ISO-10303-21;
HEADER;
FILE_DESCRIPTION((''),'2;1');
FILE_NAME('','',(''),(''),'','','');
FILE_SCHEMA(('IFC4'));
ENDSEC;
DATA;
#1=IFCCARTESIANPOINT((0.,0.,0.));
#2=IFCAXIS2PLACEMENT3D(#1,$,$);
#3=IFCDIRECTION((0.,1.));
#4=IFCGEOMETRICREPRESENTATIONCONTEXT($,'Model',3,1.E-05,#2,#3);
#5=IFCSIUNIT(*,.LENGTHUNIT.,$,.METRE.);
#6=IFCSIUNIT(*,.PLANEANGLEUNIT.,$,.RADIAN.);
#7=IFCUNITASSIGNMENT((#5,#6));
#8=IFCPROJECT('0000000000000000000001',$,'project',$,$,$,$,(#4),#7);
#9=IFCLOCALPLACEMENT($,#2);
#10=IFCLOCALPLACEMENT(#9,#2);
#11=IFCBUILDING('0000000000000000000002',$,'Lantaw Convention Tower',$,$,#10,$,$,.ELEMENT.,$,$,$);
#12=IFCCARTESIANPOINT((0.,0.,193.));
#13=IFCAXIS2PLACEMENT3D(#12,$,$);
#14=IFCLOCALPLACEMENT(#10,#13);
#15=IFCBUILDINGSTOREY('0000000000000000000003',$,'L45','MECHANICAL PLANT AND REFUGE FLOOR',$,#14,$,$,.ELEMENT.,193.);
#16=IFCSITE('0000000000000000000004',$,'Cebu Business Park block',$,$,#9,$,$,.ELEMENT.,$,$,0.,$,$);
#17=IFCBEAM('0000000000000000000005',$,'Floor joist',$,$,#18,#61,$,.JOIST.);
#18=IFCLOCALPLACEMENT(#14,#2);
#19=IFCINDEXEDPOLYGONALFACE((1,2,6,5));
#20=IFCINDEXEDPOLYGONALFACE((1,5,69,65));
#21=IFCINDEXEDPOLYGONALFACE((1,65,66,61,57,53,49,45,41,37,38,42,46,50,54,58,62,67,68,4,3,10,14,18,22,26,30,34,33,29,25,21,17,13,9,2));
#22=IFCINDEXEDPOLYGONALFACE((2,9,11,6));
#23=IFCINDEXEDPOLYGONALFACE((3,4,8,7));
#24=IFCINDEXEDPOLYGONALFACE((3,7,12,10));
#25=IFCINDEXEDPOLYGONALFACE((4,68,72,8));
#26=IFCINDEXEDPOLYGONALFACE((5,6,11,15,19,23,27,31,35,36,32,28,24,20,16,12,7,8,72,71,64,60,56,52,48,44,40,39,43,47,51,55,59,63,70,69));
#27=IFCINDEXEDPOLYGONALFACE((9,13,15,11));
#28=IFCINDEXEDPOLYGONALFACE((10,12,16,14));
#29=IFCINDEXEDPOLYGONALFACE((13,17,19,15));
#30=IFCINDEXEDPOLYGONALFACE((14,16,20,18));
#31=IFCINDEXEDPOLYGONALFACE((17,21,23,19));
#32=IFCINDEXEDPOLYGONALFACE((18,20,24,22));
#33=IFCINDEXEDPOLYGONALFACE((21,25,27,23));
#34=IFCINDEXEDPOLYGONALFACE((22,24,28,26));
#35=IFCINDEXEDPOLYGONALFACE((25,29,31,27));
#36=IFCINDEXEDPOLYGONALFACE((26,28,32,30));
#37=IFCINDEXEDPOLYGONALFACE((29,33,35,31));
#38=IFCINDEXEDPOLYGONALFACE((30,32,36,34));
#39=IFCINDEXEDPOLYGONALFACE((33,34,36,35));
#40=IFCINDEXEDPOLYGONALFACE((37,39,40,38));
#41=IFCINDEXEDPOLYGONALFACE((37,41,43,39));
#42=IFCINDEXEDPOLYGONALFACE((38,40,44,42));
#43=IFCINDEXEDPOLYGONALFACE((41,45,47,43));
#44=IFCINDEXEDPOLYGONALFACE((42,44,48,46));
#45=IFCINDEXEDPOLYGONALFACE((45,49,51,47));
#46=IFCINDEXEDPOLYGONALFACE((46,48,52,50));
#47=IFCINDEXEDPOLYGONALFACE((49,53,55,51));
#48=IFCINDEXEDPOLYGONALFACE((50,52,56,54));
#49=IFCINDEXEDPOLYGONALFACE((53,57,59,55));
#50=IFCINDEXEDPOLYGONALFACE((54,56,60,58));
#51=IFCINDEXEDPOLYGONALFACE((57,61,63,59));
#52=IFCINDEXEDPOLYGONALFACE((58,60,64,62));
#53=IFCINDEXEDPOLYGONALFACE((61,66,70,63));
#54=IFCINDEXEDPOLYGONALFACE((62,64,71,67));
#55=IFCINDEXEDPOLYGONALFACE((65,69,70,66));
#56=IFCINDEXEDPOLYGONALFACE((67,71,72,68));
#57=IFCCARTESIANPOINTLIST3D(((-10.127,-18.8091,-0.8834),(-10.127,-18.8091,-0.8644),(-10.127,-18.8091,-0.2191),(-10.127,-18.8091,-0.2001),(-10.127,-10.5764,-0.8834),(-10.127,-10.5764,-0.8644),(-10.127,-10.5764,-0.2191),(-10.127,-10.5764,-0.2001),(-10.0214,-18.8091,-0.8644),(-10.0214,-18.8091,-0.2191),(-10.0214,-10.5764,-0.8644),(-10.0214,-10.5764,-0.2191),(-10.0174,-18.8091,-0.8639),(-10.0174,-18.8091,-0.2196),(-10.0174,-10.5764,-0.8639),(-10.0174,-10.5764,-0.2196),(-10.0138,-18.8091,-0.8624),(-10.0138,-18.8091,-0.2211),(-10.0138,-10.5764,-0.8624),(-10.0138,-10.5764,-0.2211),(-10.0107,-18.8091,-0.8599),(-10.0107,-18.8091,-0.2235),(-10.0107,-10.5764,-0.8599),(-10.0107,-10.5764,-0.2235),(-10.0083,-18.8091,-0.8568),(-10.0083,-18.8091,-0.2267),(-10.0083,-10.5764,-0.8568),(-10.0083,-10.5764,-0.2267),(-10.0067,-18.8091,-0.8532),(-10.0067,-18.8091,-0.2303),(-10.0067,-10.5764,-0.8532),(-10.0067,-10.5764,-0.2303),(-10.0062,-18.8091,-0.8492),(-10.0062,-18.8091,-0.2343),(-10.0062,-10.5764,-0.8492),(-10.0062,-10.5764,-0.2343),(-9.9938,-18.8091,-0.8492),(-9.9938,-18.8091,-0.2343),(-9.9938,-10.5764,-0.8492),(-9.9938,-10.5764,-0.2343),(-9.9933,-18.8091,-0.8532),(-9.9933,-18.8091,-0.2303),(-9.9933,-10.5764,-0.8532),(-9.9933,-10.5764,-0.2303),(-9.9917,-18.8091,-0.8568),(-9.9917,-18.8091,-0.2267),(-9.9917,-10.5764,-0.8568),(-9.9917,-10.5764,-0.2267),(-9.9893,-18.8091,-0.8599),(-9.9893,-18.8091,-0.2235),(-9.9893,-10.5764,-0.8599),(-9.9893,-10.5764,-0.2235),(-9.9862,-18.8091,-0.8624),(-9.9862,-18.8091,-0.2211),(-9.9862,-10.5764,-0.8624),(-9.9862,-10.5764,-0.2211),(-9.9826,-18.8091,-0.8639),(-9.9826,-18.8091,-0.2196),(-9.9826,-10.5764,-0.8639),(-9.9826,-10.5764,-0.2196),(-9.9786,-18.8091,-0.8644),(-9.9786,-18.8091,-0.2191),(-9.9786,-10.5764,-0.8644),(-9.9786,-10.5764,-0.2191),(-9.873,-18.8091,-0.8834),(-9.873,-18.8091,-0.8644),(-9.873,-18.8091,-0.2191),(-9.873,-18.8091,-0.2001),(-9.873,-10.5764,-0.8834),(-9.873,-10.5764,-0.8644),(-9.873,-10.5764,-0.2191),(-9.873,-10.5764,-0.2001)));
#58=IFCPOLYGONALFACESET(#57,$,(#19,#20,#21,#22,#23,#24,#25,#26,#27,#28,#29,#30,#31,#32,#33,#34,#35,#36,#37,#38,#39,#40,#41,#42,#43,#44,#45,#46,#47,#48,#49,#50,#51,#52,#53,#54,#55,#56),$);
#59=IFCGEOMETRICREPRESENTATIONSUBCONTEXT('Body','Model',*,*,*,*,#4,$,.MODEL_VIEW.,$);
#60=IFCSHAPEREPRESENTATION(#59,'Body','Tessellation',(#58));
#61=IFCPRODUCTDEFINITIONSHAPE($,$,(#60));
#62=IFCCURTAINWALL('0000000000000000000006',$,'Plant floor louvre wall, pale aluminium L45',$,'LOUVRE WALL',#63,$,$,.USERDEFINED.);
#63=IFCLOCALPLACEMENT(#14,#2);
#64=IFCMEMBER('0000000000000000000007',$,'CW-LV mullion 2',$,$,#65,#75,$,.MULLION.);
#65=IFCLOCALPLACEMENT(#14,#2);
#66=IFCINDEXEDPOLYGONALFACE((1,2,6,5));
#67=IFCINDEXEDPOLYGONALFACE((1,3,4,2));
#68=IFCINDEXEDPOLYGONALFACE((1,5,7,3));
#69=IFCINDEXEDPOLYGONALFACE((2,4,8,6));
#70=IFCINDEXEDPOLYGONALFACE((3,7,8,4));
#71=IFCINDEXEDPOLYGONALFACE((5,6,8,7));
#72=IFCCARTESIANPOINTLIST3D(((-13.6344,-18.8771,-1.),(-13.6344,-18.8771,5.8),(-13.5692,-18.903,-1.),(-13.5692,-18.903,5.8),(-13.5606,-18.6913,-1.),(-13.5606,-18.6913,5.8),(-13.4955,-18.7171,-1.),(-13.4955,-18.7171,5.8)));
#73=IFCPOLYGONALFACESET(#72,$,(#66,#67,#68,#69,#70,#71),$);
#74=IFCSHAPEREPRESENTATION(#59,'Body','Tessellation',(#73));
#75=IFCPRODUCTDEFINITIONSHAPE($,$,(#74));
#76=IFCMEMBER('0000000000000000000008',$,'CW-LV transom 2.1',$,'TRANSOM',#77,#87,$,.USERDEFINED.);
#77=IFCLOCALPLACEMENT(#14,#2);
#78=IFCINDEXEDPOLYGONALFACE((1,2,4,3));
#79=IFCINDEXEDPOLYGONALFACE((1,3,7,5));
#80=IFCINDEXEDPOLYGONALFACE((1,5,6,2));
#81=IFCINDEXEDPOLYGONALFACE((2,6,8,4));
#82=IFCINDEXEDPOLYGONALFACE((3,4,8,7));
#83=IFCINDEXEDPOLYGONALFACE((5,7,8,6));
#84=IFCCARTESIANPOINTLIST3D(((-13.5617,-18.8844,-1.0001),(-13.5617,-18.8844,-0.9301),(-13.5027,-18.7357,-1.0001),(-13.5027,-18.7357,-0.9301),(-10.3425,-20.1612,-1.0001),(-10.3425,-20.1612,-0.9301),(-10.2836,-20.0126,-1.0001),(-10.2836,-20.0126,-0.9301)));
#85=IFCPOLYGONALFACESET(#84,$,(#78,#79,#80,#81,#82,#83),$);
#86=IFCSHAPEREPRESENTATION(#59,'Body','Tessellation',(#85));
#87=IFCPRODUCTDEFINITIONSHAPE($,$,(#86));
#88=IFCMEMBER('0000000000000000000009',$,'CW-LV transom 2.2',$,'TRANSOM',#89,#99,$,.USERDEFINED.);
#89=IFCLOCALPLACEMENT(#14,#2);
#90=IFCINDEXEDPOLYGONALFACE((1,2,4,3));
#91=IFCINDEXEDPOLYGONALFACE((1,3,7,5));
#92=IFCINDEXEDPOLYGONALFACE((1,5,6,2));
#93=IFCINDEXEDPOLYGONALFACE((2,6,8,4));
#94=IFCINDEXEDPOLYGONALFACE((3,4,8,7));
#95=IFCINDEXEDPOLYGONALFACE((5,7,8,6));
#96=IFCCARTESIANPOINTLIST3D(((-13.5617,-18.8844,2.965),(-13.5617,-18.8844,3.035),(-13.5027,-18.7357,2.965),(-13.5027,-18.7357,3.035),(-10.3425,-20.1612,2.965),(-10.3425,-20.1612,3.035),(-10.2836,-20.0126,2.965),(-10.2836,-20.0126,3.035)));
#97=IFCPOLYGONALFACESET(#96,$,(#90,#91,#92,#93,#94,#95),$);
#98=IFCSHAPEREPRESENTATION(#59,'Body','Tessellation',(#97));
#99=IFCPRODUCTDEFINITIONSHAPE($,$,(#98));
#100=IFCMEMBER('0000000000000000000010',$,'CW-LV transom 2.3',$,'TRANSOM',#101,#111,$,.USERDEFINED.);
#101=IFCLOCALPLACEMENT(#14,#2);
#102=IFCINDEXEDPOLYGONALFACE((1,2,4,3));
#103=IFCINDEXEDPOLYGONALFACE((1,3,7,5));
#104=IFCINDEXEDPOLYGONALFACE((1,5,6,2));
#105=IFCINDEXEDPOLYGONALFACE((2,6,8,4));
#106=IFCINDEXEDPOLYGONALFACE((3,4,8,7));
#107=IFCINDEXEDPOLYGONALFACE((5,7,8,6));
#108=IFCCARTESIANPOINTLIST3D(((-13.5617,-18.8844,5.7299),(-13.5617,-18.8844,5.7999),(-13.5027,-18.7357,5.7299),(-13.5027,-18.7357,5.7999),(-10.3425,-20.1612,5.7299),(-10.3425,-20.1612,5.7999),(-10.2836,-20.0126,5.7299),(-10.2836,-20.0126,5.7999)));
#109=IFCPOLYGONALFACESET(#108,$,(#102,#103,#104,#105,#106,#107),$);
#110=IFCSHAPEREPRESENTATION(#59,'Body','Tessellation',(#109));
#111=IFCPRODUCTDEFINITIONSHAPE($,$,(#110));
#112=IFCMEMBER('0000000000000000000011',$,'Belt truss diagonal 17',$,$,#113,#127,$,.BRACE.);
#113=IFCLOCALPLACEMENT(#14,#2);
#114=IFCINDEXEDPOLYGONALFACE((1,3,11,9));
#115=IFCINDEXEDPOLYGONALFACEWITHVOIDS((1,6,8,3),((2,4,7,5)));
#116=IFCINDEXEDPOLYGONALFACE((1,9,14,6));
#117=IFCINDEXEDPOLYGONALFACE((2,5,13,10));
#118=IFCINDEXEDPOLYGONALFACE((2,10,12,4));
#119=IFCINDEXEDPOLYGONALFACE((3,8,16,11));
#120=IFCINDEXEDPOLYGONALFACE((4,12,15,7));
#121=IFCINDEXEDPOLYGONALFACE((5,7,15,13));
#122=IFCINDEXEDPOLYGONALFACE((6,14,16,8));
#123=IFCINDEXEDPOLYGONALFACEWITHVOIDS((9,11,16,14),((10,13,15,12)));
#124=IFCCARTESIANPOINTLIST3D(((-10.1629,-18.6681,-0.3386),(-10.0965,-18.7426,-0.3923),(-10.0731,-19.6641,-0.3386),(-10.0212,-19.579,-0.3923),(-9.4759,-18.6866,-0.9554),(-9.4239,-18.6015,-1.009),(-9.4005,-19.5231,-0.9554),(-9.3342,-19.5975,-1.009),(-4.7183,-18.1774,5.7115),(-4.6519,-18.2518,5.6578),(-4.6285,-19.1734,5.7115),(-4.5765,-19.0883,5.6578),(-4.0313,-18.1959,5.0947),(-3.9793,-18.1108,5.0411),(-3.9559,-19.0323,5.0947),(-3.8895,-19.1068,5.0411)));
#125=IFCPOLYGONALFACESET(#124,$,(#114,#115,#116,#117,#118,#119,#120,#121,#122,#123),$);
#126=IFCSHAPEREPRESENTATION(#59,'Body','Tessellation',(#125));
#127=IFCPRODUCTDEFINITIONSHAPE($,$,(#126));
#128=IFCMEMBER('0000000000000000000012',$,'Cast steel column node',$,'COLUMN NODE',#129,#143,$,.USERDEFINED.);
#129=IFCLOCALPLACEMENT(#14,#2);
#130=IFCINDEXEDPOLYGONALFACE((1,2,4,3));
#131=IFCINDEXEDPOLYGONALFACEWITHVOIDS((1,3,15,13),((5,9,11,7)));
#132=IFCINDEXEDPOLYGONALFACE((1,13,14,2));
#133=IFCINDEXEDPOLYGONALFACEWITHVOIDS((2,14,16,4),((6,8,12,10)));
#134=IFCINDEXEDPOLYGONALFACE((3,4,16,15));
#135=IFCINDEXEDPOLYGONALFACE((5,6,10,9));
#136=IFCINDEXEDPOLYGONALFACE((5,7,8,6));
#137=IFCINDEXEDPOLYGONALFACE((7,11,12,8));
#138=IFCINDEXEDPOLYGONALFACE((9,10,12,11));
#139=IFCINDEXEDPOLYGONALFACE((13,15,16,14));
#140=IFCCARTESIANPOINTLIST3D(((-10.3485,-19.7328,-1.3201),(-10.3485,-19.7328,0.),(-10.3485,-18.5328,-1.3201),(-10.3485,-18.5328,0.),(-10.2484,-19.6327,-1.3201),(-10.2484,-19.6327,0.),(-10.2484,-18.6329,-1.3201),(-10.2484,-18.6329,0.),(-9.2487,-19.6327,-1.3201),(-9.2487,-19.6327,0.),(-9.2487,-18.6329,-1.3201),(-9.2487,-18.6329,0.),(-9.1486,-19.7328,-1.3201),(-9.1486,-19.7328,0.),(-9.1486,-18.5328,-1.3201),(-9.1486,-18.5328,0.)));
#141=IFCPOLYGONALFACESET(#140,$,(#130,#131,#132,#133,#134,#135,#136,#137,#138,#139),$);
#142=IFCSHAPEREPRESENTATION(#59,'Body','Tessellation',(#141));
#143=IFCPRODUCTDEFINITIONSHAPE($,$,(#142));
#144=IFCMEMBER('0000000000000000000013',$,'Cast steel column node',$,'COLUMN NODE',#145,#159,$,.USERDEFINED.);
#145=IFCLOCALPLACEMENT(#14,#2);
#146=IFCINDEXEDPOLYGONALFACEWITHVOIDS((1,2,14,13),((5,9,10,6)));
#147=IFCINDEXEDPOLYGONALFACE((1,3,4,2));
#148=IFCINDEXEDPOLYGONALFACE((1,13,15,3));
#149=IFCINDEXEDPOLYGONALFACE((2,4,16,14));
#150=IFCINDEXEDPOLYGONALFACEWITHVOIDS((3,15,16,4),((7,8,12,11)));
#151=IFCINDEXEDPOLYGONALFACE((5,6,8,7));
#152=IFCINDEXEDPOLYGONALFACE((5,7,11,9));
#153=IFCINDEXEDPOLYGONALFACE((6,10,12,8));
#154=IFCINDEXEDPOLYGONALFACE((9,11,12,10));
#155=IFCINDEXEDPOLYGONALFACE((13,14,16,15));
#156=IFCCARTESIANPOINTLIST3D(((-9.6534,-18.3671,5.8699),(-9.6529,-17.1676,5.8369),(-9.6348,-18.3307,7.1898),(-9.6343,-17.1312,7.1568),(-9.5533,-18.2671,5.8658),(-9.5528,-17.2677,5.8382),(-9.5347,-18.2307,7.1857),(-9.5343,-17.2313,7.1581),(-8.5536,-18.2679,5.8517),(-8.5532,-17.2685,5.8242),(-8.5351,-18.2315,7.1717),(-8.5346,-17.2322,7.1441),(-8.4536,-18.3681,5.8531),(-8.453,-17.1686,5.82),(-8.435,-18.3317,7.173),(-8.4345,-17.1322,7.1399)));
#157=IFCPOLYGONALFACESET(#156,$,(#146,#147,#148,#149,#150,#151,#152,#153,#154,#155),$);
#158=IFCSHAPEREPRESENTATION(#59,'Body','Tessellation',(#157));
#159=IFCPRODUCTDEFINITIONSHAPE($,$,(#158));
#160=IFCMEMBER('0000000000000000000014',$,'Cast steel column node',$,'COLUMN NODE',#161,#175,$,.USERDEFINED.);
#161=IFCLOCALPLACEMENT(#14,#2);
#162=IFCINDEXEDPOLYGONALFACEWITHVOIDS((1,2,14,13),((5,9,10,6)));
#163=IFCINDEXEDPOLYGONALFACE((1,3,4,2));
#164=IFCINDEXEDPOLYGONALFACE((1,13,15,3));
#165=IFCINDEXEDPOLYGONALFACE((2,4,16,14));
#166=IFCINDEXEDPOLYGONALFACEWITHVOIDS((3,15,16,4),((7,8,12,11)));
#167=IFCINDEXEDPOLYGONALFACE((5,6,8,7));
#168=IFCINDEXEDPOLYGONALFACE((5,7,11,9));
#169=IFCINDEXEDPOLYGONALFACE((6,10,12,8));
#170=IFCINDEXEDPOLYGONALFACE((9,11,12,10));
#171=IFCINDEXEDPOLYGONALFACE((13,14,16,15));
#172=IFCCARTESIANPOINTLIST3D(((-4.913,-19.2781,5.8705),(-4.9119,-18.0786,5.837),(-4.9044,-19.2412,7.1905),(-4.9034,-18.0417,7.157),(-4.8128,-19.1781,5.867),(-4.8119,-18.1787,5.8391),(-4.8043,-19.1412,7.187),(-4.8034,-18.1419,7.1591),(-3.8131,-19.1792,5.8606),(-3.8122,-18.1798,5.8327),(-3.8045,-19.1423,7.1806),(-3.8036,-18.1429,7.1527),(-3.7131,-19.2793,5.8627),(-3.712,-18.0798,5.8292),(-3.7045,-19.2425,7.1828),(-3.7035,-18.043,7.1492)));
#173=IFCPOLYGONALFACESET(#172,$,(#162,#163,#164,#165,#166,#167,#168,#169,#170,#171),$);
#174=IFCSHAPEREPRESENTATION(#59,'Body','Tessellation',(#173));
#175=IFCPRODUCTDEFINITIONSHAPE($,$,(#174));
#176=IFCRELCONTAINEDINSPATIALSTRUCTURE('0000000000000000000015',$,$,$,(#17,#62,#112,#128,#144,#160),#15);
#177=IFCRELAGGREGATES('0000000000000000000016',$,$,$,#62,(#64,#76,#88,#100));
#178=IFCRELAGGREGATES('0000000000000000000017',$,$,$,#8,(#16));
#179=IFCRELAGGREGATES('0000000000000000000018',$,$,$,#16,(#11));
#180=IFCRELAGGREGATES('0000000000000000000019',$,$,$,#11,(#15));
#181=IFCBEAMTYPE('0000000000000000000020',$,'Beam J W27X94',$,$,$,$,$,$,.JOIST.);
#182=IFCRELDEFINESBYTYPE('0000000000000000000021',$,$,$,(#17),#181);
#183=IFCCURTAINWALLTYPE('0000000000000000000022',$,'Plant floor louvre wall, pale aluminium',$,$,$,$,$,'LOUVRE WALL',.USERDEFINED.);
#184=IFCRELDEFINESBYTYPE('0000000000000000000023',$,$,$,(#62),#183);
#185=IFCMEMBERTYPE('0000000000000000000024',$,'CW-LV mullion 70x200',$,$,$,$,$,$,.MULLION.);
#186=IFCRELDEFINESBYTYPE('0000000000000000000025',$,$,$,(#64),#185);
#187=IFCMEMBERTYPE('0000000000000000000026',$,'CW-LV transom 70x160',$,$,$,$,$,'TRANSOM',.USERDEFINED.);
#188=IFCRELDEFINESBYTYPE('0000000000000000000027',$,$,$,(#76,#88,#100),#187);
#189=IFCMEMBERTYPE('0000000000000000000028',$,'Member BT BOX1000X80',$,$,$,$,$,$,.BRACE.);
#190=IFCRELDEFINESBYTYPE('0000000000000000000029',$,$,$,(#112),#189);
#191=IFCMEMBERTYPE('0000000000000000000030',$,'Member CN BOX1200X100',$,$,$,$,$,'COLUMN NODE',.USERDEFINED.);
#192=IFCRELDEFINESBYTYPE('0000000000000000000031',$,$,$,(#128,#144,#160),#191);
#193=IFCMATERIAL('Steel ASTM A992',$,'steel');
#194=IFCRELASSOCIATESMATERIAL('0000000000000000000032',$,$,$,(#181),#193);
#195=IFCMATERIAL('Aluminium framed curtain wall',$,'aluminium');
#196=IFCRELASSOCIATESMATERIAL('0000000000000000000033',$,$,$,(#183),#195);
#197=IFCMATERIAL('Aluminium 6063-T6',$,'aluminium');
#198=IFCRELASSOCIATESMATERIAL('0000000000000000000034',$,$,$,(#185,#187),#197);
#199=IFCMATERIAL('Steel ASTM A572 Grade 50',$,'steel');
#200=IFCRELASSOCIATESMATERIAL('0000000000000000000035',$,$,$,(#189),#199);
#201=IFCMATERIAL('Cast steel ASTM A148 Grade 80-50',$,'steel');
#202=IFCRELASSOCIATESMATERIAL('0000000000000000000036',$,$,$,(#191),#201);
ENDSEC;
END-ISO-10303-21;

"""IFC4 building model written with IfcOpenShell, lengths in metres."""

from ifc_helpers import new_model, si_unit, direction, frame, origin, origin_2d, place, context, subcontext, project, spatial, rectangle, hollow_rectangle, i_section, extrude, material, material_profile, profile_set, type_object, element, aggregate, save


model = new_model("IFC4")

# Units and contexts
model_context = context("Model", 3, precision=1e-05, world=origin(), true_north=direction((0.0, 1.0)))
body_context = subcontext(model_context, "Body", "Model", "MODEL_VIEW")
ifc_project = project(units=[si_unit("LENGTHUNIT", "METRE"), si_unit("PLANEANGLEUNIT", "RADIAN")], contexts=[model_context])

# Site, building, storey
site_placement = place(None, origin())
site = spatial("IfcSite", under=ifc_project, at=site_placement, Name="Cebu Business Park block", CompositionType="ELEMENT", RefElevation=0.0)
building_placement = place(site_placement, origin())
building = spatial("IfcBuilding", under=site, at=building_placement, Name="Lantaw Convention Tower", CompositionType="ELEMENT")
storey_placement = place(building_placement, frame((0.0, 0.0, 193.0)))
storey = spatial("IfcBuildingStorey", under=building, at=storey_placement, Name="L45", Description="MECHANICAL PLANT AND REFUGE FLOOR", CompositionType="ELEMENT", Elevation=193.0)

# Beam
ifc_material_1 = material(Name="Steel ASTM A992", Category="steel")
ifc_material_profile_1 = material_profile(ifc_material_1, i_section(OverallWidth=0.2539, OverallDepth=0.6833, WebThickness=0.0125, FlangeThickness=0.019, FilletRadius=0.0151, at=origin_2d()), Name="W27X94")
ifc_profile_set_1 = profile_set([ifc_material_profile_1], Name="Steel ASTM A992")
beam_type_1 = type_object("IfcBeamType", Name="Beam J W27X94", PredefinedType="JOIST", material=ifc_profile_set_1)
beam_1_placement = place(storey_placement, frame((-10.0, -18.8091, -0.5417), z_axis=(0.0, 1.0, 0.0), x_axis=(-1.0, 0.0, 0.0)))
element("IfcBeam", 1, at=beam_1_placement, inside=storey, type_object=beam_type_1, Name="Floor joist", PredefinedType="JOIST", context=body_context, shape_type="SweptSolid", body=[
    extrude(i_section(OverallWidth=0.2539, OverallDepth=0.6833, WebThickness=0.0125, FlangeThickness=0.019, FilletRadius=0.0151, at=origin_2d()), origin(), (0.0, 0.0, 1.0), 8.2327),
])

# Curtain wall, members
ifc_material_2 = material(Name="Aluminium framed curtain wall", Category="aluminium")
curtain_wall_type = type_object("IfcCurtainWallType", Name="Plant floor louvre wall, pale aluminium", ElementType="LOUVRE WALL", PredefinedType="USERDEFINED", material=ifc_material_2)
curtain_wall_placement = place(storey_placement, origin())
curtain_wall = element("IfcCurtainWall", 2, at=curtain_wall_placement, inside=storey, type_object=curtain_wall_type, Name="Plant floor louvre wall, pale aluminium L45", ObjectType="LOUVRE WALL", PredefinedType="USERDEFINED")
ifc_material_3 = material(Name="Aluminium 6063-T6", Category="aluminium")
ifc_material_profile_2 = material_profile(ifc_material_3, rectangle(XDim=0.2, YDim=0.0701, at=origin_2d()), Name="CW-LV mullion 70x200")
ifc_profile_set_2 = profile_set([ifc_material_profile_2], Name="Aluminium 6063-T6")
member_type_1 = type_object("IfcMemberType", Name="CW-LV mullion 70x200", PredefinedType="MULLION", material=ifc_profile_set_2)
member_1_placement = place(storey_placement, frame((-13.5649, -18.7971, -1.0), z_axis=(0.0, 0.0, 1.0), x_axis=(0.368702, 0.929548, 0.0)))
member_1 = element("IfcMember", 3, at=member_1_placement, type_object=member_type_1, Name="CW-LV mullion 2", PredefinedType="MULLION", context=body_context, shape_type="SweptSolid", body=[
    extrude(rectangle(XDim=0.2, YDim=0.0701, at=origin_2d()), origin(), (0.0, 0.0, 1.0), 6.8),
])
ifc_material_profile_3 = material_profile(ifc_material_3, rectangle(XDim=0.1599, YDim=0.0701, at=origin_2d()), Name="CW-LV transom 70x160")
ifc_profile_set_3 = profile_set([ifc_material_profile_3], Name="Aluminium 6063-T6")
member_type_2 = type_object("IfcMemberType", Name="CW-LV transom 70x160", ElementType="TRANSOM", PredefinedType="USERDEFINED", material=ifc_profile_set_3)
member_2_placement = place(storey_placement, frame((-13.5322, -18.8101, -0.9651), z_axis=(0.929552, -0.368691, 0.0), x_axis=(0.368691, 0.929552, 0.0)))
member_2 = element("IfcMember", 4, at=member_2_placement, type_object=member_type_2, Name="CW-LV transom 2.1", ObjectType="TRANSOM", PredefinedType="USERDEFINED", context=body_context, shape_type="SweptSolid", body=[
    extrude(rectangle(XDim=0.1599, YDim=0.0701, at=origin_2d()), origin(), (0.0, 0.0, 1.0), 3.4631),
])
member_3_placement = place(storey_placement, frame((-13.5322, -18.8101, 3.0), z_axis=(0.929552, -0.368691, 0.0), x_axis=(0.368691, 0.929552, 0.0)))
member_3 = element("IfcMember", 5, at=member_3_placement, type_object=member_type_2, Name="CW-LV transom 2.2", ObjectType="TRANSOM", PredefinedType="USERDEFINED", context=body_context, shape_type="SweptSolid", body=[
    extrude(rectangle(XDim=0.1599, YDim=0.0701, at=origin_2d()), origin(), (0.0, 0.0, 1.0), 3.4631),
])
member_4_placement = place(storey_placement, frame((-13.5322, -18.8101, 5.7649), z_axis=(0.929552, -0.368691, 0.0), x_axis=(0.368691, 0.929552, 0.0)))
member_4 = element("IfcMember", 6, at=member_4_placement, type_object=member_type_2, Name="CW-LV transom 2.3", ObjectType="TRANSOM", PredefinedType="USERDEFINED", context=body_context, shape_type="SweptSolid", body=[
    extrude(rectangle(XDim=0.1599, YDim=0.0701, at=origin_2d()), origin(), (0.0, 0.0, 1.0), 3.4631),
])
aggregate(curtain_wall, [member_1, member_2, member_3, member_4])

# Members
ifc_material_4 = material(Name="Steel ASTM A572 Grade 50", Category="steel")
ifc_material_profile_4 = material_profile(ifc_material_4, hollow_rectangle(XDim=1.0, YDim=1.0, WallThickness=0.0801, at=origin_2d()), Name="BOX1000X80")
ifc_profile_set_4 = profile_set([ifc_material_profile_4], Name="Steel ASTM A572 Grade 50")
member_type_3 = type_object("IfcMemberType", Name="Member BT BOX1000X80", PredefinedType="BRACE", material=ifc_profile_set_4)
member_5_placement = place(storey_placement, frame((-9.7485, -19.1328, -0.6738), z_axis=(0.667721, 0.060182, 0.741975), x_axis=(-0.089767, 0.995963, 0.0)))
element("IfcMember", 7, at=member_5_placement, inside=storey, type_object=member_type_3, Name="Belt truss diagonal 17", PredefinedType="BRACE", context=body_context, shape_type="SweptSolid", body=[
    extrude(hollow_rectangle(XDim=1.0, YDim=1.0, WallThickness=0.0801, at=origin_2d()), origin(), (0.0, 0.0, 1.0), 8.1541),
])
ifc_material_5 = material(Name="Cast steel ASTM A148 Grade 80-50", Category="steel")
ifc_material_profile_5 = material_profile(ifc_material_5, hollow_rectangle(XDim=1.2, YDim=1.2, WallThickness=0.1001, at=origin_2d()), Name="BOX1200X100")
ifc_profile_set_5 = profile_set([ifc_material_profile_5], Name="Cast steel ASTM A148 Grade 80-50")
member_type_4 = type_object("IfcMemberType", Name="Member CN BOX1200X100", ElementType="COLUMN NODE", PredefinedType="USERDEFINED", material=ifc_profile_set_5)
member_6_placement = place(storey_placement, frame((-9.7485, -19.1328, -1.3201), z_axis=(0.0, 0.0, 1.0), x_axis=(1.0, 0.0, 0.0)))
element("IfcMember", 8, at=member_6_placement, inside=storey, type_object=member_type_4, Name="Cast steel column node", ObjectType="COLUMN NODE", PredefinedType="USERDEFINED", context=body_context, shape_type="SweptSolid", body=[
    extrude(hollow_rectangle(XDim=1.2, YDim=1.2, WallThickness=0.1001, at=origin_2d()), origin(), (0.0, 0.0, 1.0), 1.3201),
])
for number, where, z_axis, x_axis, name in (
    (9, (-9.0532, -17.7678, 5.845), (0.014052, 0.027549, 0.999522), (0.999901, -0.000828, -0.014034), "Cast steel column node"),
    (10, (-4.3125, -18.679, 5.8499), (0.00647, 0.027915, 0.999589), (0.999979, -0.001061, -0.006443), "Cast steel column node"),
):
    element("IfcMember", number, at=place(storey_placement, frame(where, z_axis=z_axis, x_axis=x_axis)), inside=storey, type_object=member_type_4, Name=name, ObjectType="COLUMN NODE", PredefinedType="USERDEFINED", context=body_context, shape_type="SweptSolid", body=[
        extrude(hollow_rectangle(XDim=1.2, YDim=1.2, WallThickness=0.1001, at=origin_2d()), origin(), (0.0, 0.0, 1.0), 1.3206),
    ])

save(model, "model.ifc")
